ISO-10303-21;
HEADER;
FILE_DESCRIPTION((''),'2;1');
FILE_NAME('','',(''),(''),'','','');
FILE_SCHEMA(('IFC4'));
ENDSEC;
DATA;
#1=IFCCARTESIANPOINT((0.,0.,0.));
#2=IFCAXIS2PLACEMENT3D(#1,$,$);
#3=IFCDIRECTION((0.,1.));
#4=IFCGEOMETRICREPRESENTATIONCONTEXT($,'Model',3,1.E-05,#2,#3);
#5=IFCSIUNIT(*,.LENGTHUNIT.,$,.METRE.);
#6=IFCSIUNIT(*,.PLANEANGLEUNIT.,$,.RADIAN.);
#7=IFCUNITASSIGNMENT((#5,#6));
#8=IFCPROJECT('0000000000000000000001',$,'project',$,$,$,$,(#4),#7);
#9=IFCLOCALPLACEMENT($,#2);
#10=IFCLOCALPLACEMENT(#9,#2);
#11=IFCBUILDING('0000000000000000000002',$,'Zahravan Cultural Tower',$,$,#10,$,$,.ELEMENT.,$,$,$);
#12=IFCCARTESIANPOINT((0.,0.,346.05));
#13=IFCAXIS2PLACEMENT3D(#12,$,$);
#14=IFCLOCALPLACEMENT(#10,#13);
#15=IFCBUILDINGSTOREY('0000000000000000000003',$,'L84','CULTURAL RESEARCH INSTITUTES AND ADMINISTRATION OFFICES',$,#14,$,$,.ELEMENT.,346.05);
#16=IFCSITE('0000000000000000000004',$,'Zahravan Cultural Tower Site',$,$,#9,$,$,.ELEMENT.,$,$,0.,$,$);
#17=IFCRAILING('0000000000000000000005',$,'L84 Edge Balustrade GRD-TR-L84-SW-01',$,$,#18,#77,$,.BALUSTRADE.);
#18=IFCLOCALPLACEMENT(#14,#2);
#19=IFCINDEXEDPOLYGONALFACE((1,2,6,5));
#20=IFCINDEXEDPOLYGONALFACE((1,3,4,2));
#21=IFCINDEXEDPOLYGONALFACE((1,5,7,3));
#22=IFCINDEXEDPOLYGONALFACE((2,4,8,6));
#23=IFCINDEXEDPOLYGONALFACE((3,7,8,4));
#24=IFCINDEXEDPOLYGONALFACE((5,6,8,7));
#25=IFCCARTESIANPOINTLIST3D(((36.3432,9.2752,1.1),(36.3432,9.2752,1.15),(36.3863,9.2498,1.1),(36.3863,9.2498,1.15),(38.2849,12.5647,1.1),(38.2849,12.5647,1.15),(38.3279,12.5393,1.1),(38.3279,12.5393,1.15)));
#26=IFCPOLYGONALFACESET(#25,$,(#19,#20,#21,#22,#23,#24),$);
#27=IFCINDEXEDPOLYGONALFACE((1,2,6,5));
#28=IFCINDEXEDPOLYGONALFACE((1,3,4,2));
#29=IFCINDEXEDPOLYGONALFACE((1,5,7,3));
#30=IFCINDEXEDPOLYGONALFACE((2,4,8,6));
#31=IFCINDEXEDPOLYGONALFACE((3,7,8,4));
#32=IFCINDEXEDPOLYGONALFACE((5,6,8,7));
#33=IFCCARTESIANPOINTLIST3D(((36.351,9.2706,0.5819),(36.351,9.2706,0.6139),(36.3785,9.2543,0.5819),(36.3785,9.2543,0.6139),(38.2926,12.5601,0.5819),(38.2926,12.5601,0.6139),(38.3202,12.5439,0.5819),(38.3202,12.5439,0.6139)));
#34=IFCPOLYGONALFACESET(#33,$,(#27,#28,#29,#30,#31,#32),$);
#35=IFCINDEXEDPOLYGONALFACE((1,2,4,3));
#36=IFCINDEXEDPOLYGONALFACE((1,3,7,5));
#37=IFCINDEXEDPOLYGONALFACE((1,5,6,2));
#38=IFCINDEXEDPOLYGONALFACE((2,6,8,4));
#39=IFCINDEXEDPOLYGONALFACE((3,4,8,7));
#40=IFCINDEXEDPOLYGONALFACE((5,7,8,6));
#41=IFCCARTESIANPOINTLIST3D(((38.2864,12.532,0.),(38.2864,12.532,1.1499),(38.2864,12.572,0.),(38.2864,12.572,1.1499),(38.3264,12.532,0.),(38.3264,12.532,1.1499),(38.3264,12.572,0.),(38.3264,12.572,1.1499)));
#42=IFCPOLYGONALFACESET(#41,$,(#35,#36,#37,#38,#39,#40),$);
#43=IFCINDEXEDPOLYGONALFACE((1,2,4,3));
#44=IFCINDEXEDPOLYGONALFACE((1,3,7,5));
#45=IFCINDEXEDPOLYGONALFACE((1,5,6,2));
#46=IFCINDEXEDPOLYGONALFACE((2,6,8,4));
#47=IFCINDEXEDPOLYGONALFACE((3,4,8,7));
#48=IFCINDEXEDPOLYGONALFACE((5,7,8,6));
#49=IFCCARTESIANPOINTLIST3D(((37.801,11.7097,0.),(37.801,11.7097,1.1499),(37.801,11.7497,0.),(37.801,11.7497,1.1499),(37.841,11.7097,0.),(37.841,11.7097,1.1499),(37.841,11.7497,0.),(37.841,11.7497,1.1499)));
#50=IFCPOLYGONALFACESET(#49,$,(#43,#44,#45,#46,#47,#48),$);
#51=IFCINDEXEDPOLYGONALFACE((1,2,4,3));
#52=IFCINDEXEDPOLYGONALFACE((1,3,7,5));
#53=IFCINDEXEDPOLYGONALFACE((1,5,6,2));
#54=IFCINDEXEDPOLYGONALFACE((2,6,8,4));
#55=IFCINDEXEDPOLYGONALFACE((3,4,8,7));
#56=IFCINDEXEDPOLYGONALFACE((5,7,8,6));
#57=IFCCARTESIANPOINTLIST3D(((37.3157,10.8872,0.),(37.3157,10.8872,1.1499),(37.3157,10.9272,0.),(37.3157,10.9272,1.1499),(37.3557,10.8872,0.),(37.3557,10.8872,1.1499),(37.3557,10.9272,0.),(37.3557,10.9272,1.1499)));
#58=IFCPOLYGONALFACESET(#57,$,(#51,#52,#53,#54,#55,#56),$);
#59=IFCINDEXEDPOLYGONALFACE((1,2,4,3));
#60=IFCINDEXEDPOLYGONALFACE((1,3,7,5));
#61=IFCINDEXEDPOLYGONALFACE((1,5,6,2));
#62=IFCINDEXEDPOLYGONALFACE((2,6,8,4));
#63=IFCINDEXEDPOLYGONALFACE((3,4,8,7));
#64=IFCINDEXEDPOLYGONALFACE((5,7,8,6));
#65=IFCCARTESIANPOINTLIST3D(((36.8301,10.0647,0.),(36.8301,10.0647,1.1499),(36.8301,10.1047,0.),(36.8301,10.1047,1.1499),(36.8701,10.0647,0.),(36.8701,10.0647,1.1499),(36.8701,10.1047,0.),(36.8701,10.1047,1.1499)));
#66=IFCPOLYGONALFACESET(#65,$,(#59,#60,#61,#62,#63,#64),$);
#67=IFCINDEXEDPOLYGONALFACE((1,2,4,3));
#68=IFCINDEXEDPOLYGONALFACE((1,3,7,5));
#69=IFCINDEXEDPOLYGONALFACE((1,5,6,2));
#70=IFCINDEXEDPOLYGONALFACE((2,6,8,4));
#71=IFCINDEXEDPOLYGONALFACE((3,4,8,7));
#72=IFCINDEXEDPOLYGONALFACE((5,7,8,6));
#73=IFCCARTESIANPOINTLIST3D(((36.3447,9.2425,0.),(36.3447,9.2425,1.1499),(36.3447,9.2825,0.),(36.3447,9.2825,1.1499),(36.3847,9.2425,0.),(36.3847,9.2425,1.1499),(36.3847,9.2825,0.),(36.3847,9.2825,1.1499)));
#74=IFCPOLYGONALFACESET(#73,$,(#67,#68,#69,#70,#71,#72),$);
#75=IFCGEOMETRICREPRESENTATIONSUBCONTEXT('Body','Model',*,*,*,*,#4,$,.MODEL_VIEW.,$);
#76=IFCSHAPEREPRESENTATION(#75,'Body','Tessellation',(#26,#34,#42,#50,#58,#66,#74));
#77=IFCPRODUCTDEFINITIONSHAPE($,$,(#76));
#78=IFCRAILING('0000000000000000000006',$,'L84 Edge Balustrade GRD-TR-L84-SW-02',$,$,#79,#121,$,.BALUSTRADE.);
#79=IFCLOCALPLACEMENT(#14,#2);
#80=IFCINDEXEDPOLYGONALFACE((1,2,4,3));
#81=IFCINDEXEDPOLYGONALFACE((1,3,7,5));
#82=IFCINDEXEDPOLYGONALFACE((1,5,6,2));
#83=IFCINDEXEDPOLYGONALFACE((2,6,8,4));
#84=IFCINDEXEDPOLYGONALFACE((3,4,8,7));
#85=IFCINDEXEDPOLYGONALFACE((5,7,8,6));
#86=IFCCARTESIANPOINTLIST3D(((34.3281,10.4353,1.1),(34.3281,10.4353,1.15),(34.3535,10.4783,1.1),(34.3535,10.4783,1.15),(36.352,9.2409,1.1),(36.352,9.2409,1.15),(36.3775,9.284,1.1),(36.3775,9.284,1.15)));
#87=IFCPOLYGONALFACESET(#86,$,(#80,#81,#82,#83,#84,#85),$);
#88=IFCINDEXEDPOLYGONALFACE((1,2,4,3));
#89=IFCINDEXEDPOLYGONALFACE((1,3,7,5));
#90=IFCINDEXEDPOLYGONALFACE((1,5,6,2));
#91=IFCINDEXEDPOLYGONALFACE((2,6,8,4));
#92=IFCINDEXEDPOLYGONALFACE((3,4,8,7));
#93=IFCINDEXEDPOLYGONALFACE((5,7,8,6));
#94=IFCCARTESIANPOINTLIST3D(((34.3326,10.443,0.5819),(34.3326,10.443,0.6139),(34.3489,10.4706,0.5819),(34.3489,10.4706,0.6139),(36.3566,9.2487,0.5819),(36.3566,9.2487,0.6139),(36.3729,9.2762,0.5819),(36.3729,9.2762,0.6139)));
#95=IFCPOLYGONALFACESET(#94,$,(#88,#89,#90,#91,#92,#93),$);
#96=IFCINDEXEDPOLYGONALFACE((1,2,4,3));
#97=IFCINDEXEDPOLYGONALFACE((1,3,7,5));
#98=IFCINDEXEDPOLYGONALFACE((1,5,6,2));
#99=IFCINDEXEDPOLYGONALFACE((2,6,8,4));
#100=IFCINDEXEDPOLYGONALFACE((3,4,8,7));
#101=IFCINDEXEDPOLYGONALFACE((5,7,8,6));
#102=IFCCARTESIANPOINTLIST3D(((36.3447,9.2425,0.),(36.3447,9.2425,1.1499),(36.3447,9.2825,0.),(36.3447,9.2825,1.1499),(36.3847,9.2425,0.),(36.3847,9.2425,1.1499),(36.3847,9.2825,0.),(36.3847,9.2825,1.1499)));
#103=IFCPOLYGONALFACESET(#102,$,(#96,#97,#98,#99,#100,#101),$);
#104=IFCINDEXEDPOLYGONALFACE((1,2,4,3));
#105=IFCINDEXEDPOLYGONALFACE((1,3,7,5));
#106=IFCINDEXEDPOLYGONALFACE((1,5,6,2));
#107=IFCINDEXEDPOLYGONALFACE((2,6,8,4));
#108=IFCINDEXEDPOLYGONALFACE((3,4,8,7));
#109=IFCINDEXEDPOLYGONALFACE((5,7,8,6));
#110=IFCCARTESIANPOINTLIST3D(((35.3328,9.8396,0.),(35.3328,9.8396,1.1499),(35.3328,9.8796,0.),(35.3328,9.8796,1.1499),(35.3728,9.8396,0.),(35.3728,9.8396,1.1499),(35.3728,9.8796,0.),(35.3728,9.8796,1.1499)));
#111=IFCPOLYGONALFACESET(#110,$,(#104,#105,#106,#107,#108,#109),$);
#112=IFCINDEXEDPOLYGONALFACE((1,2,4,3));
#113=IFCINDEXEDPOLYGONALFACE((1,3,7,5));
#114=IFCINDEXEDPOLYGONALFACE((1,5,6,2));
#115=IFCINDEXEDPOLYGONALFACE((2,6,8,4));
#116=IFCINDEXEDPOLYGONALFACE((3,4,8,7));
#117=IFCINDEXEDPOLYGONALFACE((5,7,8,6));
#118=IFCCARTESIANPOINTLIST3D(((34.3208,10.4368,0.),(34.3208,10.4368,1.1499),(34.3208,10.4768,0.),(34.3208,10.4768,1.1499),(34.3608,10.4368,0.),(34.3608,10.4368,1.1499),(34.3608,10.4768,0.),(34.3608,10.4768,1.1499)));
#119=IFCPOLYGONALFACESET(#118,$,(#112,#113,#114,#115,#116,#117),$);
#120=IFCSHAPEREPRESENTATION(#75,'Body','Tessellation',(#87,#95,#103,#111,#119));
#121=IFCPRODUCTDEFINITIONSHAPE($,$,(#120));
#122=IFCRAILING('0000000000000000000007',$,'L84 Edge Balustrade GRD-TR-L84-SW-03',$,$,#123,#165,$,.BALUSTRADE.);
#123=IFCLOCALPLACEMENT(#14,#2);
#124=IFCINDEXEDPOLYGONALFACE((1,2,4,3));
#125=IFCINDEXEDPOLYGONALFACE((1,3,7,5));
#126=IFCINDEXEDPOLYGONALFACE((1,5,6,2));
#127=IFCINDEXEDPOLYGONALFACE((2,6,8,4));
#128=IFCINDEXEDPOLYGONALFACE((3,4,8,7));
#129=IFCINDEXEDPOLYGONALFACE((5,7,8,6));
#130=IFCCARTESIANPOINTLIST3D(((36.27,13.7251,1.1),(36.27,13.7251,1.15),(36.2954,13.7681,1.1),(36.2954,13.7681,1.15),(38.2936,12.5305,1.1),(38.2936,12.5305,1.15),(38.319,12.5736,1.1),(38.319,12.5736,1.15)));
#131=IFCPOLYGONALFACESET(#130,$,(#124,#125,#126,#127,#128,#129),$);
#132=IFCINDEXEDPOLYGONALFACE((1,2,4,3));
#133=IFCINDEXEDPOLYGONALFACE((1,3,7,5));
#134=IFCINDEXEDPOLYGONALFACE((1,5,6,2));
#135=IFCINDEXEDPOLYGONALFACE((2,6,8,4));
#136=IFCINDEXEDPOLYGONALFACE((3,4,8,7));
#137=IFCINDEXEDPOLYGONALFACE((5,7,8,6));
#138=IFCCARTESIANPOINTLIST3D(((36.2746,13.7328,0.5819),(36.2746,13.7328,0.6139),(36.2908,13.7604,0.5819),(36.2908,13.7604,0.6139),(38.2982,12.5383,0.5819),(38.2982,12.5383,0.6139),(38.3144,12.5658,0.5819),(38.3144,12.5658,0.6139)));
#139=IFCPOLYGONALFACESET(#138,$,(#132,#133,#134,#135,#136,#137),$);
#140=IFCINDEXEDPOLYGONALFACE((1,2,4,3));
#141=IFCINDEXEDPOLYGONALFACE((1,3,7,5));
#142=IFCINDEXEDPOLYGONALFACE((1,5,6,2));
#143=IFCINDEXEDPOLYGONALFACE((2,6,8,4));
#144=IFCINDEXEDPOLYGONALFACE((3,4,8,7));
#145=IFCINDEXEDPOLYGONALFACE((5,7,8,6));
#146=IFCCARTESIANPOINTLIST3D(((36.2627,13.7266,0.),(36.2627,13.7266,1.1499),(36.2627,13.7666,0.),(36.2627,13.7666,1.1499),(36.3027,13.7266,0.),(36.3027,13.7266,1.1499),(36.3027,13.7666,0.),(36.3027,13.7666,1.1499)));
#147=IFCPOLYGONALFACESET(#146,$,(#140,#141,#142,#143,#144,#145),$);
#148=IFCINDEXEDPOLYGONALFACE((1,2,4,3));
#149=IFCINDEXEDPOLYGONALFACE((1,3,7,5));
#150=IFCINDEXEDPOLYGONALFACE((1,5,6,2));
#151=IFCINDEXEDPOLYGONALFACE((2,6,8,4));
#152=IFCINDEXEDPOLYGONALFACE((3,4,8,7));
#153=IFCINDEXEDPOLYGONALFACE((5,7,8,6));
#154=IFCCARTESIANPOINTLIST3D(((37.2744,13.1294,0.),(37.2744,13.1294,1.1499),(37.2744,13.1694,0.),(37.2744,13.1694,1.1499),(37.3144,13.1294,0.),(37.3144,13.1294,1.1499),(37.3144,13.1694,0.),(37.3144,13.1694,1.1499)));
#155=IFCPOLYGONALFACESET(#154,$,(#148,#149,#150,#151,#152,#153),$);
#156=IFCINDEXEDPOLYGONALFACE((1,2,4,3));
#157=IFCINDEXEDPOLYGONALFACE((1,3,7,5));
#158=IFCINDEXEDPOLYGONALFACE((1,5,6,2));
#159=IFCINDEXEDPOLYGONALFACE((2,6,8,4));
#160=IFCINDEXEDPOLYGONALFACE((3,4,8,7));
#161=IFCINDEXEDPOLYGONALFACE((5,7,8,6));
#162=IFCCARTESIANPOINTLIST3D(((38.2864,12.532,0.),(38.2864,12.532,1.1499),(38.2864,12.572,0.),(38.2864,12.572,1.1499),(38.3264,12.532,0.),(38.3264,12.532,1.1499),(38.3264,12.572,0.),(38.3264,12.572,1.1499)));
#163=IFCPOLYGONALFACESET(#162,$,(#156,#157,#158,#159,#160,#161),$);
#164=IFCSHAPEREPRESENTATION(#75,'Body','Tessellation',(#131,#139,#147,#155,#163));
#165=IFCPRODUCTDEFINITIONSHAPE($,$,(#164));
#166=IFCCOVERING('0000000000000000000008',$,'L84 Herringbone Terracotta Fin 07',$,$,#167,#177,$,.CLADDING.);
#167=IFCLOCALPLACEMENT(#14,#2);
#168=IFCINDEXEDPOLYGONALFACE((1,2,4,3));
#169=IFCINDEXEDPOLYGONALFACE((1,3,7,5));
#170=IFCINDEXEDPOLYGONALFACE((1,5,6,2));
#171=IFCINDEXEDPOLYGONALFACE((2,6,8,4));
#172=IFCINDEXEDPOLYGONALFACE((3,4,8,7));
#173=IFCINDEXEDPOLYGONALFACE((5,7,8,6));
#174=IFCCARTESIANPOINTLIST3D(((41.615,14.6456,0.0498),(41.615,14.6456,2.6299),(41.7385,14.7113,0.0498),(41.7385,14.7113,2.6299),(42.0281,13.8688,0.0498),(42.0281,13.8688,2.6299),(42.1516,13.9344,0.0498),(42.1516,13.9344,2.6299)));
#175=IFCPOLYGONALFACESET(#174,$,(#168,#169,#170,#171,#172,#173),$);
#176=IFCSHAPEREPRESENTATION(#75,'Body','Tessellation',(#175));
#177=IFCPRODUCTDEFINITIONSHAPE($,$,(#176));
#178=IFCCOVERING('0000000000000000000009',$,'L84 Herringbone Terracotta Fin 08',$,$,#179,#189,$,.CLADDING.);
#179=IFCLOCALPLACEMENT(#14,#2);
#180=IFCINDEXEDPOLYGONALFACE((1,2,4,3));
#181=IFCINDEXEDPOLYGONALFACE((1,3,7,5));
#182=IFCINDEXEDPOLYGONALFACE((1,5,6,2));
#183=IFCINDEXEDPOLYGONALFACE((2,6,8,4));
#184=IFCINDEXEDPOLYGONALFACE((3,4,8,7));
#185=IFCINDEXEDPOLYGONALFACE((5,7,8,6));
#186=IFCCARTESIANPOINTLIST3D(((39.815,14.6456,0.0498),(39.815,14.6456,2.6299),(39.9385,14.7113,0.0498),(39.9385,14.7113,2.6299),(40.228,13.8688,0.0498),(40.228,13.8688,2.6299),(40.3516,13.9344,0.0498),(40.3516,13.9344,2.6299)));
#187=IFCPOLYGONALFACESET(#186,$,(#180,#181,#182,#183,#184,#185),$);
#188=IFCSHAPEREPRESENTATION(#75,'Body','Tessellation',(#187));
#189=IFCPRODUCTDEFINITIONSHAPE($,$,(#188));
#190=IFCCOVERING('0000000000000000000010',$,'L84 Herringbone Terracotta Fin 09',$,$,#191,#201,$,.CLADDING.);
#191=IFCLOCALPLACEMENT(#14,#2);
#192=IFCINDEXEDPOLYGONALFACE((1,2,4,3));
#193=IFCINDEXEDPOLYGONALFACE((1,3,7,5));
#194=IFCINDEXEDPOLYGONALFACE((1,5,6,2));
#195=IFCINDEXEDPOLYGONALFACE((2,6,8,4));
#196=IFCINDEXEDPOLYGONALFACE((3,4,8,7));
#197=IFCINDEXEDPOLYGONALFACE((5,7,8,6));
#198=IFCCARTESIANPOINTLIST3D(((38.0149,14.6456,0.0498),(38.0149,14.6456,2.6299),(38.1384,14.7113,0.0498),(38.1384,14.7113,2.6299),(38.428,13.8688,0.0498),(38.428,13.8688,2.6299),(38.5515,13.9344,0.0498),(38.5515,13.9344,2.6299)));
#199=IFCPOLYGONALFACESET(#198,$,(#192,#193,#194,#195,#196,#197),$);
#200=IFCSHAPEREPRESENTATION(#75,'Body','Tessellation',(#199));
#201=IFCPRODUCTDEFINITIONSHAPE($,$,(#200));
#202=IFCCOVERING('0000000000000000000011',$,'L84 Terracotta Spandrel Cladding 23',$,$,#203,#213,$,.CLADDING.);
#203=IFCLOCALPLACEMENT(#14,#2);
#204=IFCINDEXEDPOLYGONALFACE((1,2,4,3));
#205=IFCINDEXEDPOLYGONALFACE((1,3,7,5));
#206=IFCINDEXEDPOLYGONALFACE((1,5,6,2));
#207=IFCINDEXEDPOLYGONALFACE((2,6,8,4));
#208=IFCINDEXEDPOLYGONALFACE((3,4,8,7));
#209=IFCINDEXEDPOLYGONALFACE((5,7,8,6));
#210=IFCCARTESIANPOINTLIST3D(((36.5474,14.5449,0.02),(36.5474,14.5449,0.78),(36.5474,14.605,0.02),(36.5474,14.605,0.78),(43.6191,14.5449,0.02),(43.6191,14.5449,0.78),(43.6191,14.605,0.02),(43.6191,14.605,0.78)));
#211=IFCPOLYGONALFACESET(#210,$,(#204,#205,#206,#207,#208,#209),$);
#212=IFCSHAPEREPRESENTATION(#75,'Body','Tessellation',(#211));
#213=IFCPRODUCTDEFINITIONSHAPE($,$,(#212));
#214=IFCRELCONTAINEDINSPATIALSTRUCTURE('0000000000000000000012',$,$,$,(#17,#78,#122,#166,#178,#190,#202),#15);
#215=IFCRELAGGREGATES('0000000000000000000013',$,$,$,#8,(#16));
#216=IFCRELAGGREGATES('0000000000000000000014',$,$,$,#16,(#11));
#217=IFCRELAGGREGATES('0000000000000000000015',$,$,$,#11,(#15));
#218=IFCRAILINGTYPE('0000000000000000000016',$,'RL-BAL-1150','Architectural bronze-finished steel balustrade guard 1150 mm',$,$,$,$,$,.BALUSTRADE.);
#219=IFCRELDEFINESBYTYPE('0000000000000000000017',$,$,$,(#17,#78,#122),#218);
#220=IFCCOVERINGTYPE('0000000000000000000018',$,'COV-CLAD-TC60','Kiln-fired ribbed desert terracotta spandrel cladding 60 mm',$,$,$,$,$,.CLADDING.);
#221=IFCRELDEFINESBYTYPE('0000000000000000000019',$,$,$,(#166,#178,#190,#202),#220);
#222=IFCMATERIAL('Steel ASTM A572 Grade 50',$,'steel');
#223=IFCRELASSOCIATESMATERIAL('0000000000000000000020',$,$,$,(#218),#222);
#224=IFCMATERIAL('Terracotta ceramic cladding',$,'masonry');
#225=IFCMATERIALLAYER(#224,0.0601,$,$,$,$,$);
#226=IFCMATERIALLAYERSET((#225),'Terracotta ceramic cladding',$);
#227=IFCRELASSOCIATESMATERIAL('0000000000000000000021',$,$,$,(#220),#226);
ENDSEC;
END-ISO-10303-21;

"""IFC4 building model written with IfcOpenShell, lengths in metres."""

from ifc_helpers import new_model, si_unit, direction, frame, origin, origin_2d, place, context, subcontext, project, spatial, rectangle, extrude, source, transform, mapped, material, layer, layer_set, type_object, element, save


model = new_model("IFC4")

# Units and contexts
model_context = context("Model", 3, precision=1e-05, world=origin(), true_north=direction((0.0, 1.0)))
body_context = subcontext(model_context, "Body", "Model", "MODEL_VIEW")
ifc_project = project(units=[si_unit("LENGTHUNIT", "METRE"), si_unit("PLANEANGLEUNIT", "RADIAN")], contexts=[model_context])

# Site, building, storey
site_placement = place(None, origin())
site = spatial("IfcSite", under=ifc_project, at=site_placement, Name="Zahravan Cultural Tower Site", CompositionType="ELEMENT", RefElevation=0.0)
building_placement = place(site_placement, origin())
building = spatial("IfcBuilding", under=site, at=building_placement, Name="Zahravan Cultural Tower", CompositionType="ELEMENT")
storey_placement = place(building_placement, frame((0.0, 0.0, 346.05)))
storey = spatial("IfcBuildingStorey", under=building, at=storey_placement, Name="L84", Description="CULTURAL RESEARCH INSTITUTES AND ADMINISTRATION OFFICES", CompositionType="ELEMENT", Elevation=346.05)

# Shared definitions
ifc_material_1 = material(Name="Steel ASTM A572 Grade 50", Category="steel")

# Railings
railing_type = type_object("IfcRailingType", Name="RL-BAL-1150", Description="Architectural bronze-finished steel balustrade guard 1150 mm", PredefinedType="BALUSTRADE", material=ifc_material_1)
railing_1_placement = place(storey_placement, frame((38.3064, 12.552, 0.0)))
element("IfcRailing", 1, at=railing_1_placement, inside=storey, type_object=railing_type, Name="L84 Edge Balustrade GRD-TR-L84-SW-01", PredefinedType="BALUSTRADE", context=body_context, shape_type="SweptSolid", body=[
    extrude(rectangle(XDim=0.05, YDim=0.05, at=origin_2d()), frame((0.0, 0.0, 1.125), z_axis=(-0.508307, -0.861176, 0.0), x_axis=(0.861176, -0.508307, 0.0)), (0.0, 0.0, 1.0), 3.8198),
    extrude(rectangle(XDim=0.032, YDim=0.032, at=origin_2d()), frame((0.0, 0.0, 0.5979), z_axis=(-0.508307, -0.861176, 0.0), x_axis=(0.861176, -0.508307, 0.0)), (0.0, 0.0, 1.0), 3.8198),
    extrude(rectangle(XDim=0.04, YDim=0.04, at=origin_2d()), origin(), (0.0, 0.0, 1.0), 1.1499),
    extrude(rectangle(XDim=0.04, YDim=0.04, at=origin_2d()), frame((-0.4854, -0.8223, 0.0)), (0.0, 0.0, 1.0), 1.1499),
    extrude(rectangle(XDim=0.04, YDim=0.04, at=origin_2d()), frame((-0.9707, -1.6448, 0.0)), (0.0, 0.0, 1.0), 1.1499),
    extrude(rectangle(XDim=0.04, YDim=0.04, at=origin_2d()), frame((-1.4563, -2.4673, 0.0)), (0.0, 0.0, 1.0), 1.1499),
    extrude(rectangle(XDim=0.04, YDim=0.04, at=origin_2d()), frame((-1.9417, -3.2896, 0.0)), (0.0, 0.0, 1.0), 1.1499),
])
railing_2_placement = place(storey_placement, frame((36.3647, 9.2625, 0.0)))
element("IfcRailing", 2, at=railing_2_placement, inside=storey, type_object=railing_type, Name="L84 Edge Balustrade GRD-TR-L84-SW-02", PredefinedType="BALUSTRADE", context=body_context, shape_type="SweptSolid", body=[
    extrude(rectangle(XDim=0.05, YDim=0.05, at=origin_2d()), frame((0.0, 0.0, 1.125), z_axis=(-0.861228, 0.508218, 0.0), x_axis=(-0.508218, -0.861228, 0.0)), (0.0, 0.0, 1.0), 2.3501),
    extrude(rectangle(XDim=0.032, YDim=0.032, at=origin_2d()), frame((0.0, 0.0, 0.5979), z_axis=(-0.861228, 0.508218, 0.0), x_axis=(-0.508218, -0.861228, 0.0)), (0.0, 0.0, 1.0), 2.3501),
    extrude(rectangle(XDim=0.04, YDim=0.04, at=origin_2d()), origin(), (0.0, 0.0, 1.0), 1.1499),
    extrude(rectangle(XDim=0.04, YDim=0.04, at=origin_2d()), frame((-1.012, 0.5972, 0.0)), (0.0, 0.0, 1.0), 1.1499),
    extrude(rectangle(XDim=0.04, YDim=0.04, at=origin_2d()), frame((-2.0239, 1.1943, 0.0)), (0.0, 0.0, 1.0), 1.1499),
])
railing_3_placement = place(storey_placement, frame((36.2827, 13.7466, 0.0)))
element("IfcRailing", 3, at=railing_3_placement, inside=storey, type_object=railing_type, Name="L84 Edge Balustrade GRD-TR-L84-SW-03", PredefinedType="BALUSTRADE", context=body_context, shape_type="SweptSolid", body=[
    extrude(rectangle(XDim=0.05, YDim=0.05, at=origin_2d()), frame((0.0, 0.0, 1.125), z_axis=(0.861156, -0.508341, 0.0), x_axis=(0.508341, 0.861156, 0.0)), (0.0, 0.0, 1.0), 2.3499),
    extrude(rectangle(XDim=0.032, YDim=0.032, at=origin_2d()), frame((0.0, 0.0, 0.5979), z_axis=(0.861156, -0.508341, 0.0), x_axis=(0.508341, 0.861156, 0.0)), (0.0, 0.0, 1.0), 2.3499),
    extrude(rectangle(XDim=0.04, YDim=0.04, at=origin_2d()), origin(), (0.0, 0.0, 1.0), 1.1499),
    extrude(rectangle(XDim=0.04, YDim=0.04, at=origin_2d()), frame((1.0117, -0.5972, 0.0)), (0.0, 0.0, 1.0), 1.1499),
    extrude(rectangle(XDim=0.04, YDim=0.04, at=origin_2d()), frame((2.0237, -1.1946, 0.0)), (0.0, 0.0, 1.0), 1.1499),
])

# Coverings
ifc_material_2 = material(Name="Terracotta ceramic cladding", Category="masonry")
ifc_layer_1 = layer(ifc_material_2, 0.0601)
ifc_layer_set_1 = layer_set([ifc_layer_1], Name="Terracotta ceramic cladding")
covering_type = type_object("IfcCoveringType", Name="COV-CLAD-TC60", Description="Kiln-fired ribbed desert terracotta spandrel cladding 60 mm", PredefinedType="CLADDING", material=ifc_layer_set_1)
shared_shape_1 = source(origin(), body_context, "Body", "SweptSolid", [
    extrude(rectangle(XDim=0.8799, YDim=0.1399, at=origin_2d()), origin(), (0.0, 0.0, 1.0), 2.5801),
])
for number, where, z_axis, x_axis, name in (
    (4, (41.8833, 14.29, 0.0498), (0.0, 0.0, 1.0), (0.469472, -0.882948, 0.0), "L84 Herringbone Terracotta Fin 07"),
    (5, (40.0833, 14.29, 0.0498), (0.0, 0.0, 1.0), (0.469472, -0.882948, 0.0), "L84 Herringbone Terracotta Fin 08"),
    (6, (38.2832, 14.29, 0.0498), (0.0, 0.0, 1.0), (0.469472, -0.882948, 0.0), "L84 Herringbone Terracotta Fin 09"),
):
    element("IfcCovering", number, at=place(storey_placement, frame(where, z_axis=z_axis, x_axis=x_axis)), inside=storey, type_object=covering_type, Name=name, PredefinedType="CLADDING", context=body_context, shape_type="MappedRepresentation", body=[
        mapped(shared_shape_1, transform((0.0, 0.0, 0.0), x_axis=(1.0, 0.0, 0.0), y_axis=(0.0, 1.0, 0.0), z_axis=(0.0, 0.0, 1.0), scale=1.0)),
    ])
shared_shape_2 = source(origin(), body_context, "Body", "SweptSolid", [
    extrude(rectangle(XDim=7.0718, YDim=0.0601, at=origin_2d()), origin(), (0.0, 0.0, 1.0), 0.76),
])
covering_placement = place(storey_placement, frame((40.0833, 14.575, 0.02), z_axis=(0.0, 0.0, 1.0), x_axis=(-1.0, 0.0, 0.0)))
element("IfcCovering", 7, at=covering_placement, inside=storey, type_object=covering_type, Name="L84 Terracotta Spandrel Cladding 23", PredefinedType="CLADDING", context=body_context, shape_type="MappedRepresentation", body=[
    mapped(shared_shape_2, transform((0.0, 0.0, 0.0), x_axis=(1.0, 0.0, 0.0), y_axis=(0.0, 1.0, 0.0), z_axis=(0.0, 0.0, 1.0), scale=1.0)),
])

save(model, "model.ifc")
